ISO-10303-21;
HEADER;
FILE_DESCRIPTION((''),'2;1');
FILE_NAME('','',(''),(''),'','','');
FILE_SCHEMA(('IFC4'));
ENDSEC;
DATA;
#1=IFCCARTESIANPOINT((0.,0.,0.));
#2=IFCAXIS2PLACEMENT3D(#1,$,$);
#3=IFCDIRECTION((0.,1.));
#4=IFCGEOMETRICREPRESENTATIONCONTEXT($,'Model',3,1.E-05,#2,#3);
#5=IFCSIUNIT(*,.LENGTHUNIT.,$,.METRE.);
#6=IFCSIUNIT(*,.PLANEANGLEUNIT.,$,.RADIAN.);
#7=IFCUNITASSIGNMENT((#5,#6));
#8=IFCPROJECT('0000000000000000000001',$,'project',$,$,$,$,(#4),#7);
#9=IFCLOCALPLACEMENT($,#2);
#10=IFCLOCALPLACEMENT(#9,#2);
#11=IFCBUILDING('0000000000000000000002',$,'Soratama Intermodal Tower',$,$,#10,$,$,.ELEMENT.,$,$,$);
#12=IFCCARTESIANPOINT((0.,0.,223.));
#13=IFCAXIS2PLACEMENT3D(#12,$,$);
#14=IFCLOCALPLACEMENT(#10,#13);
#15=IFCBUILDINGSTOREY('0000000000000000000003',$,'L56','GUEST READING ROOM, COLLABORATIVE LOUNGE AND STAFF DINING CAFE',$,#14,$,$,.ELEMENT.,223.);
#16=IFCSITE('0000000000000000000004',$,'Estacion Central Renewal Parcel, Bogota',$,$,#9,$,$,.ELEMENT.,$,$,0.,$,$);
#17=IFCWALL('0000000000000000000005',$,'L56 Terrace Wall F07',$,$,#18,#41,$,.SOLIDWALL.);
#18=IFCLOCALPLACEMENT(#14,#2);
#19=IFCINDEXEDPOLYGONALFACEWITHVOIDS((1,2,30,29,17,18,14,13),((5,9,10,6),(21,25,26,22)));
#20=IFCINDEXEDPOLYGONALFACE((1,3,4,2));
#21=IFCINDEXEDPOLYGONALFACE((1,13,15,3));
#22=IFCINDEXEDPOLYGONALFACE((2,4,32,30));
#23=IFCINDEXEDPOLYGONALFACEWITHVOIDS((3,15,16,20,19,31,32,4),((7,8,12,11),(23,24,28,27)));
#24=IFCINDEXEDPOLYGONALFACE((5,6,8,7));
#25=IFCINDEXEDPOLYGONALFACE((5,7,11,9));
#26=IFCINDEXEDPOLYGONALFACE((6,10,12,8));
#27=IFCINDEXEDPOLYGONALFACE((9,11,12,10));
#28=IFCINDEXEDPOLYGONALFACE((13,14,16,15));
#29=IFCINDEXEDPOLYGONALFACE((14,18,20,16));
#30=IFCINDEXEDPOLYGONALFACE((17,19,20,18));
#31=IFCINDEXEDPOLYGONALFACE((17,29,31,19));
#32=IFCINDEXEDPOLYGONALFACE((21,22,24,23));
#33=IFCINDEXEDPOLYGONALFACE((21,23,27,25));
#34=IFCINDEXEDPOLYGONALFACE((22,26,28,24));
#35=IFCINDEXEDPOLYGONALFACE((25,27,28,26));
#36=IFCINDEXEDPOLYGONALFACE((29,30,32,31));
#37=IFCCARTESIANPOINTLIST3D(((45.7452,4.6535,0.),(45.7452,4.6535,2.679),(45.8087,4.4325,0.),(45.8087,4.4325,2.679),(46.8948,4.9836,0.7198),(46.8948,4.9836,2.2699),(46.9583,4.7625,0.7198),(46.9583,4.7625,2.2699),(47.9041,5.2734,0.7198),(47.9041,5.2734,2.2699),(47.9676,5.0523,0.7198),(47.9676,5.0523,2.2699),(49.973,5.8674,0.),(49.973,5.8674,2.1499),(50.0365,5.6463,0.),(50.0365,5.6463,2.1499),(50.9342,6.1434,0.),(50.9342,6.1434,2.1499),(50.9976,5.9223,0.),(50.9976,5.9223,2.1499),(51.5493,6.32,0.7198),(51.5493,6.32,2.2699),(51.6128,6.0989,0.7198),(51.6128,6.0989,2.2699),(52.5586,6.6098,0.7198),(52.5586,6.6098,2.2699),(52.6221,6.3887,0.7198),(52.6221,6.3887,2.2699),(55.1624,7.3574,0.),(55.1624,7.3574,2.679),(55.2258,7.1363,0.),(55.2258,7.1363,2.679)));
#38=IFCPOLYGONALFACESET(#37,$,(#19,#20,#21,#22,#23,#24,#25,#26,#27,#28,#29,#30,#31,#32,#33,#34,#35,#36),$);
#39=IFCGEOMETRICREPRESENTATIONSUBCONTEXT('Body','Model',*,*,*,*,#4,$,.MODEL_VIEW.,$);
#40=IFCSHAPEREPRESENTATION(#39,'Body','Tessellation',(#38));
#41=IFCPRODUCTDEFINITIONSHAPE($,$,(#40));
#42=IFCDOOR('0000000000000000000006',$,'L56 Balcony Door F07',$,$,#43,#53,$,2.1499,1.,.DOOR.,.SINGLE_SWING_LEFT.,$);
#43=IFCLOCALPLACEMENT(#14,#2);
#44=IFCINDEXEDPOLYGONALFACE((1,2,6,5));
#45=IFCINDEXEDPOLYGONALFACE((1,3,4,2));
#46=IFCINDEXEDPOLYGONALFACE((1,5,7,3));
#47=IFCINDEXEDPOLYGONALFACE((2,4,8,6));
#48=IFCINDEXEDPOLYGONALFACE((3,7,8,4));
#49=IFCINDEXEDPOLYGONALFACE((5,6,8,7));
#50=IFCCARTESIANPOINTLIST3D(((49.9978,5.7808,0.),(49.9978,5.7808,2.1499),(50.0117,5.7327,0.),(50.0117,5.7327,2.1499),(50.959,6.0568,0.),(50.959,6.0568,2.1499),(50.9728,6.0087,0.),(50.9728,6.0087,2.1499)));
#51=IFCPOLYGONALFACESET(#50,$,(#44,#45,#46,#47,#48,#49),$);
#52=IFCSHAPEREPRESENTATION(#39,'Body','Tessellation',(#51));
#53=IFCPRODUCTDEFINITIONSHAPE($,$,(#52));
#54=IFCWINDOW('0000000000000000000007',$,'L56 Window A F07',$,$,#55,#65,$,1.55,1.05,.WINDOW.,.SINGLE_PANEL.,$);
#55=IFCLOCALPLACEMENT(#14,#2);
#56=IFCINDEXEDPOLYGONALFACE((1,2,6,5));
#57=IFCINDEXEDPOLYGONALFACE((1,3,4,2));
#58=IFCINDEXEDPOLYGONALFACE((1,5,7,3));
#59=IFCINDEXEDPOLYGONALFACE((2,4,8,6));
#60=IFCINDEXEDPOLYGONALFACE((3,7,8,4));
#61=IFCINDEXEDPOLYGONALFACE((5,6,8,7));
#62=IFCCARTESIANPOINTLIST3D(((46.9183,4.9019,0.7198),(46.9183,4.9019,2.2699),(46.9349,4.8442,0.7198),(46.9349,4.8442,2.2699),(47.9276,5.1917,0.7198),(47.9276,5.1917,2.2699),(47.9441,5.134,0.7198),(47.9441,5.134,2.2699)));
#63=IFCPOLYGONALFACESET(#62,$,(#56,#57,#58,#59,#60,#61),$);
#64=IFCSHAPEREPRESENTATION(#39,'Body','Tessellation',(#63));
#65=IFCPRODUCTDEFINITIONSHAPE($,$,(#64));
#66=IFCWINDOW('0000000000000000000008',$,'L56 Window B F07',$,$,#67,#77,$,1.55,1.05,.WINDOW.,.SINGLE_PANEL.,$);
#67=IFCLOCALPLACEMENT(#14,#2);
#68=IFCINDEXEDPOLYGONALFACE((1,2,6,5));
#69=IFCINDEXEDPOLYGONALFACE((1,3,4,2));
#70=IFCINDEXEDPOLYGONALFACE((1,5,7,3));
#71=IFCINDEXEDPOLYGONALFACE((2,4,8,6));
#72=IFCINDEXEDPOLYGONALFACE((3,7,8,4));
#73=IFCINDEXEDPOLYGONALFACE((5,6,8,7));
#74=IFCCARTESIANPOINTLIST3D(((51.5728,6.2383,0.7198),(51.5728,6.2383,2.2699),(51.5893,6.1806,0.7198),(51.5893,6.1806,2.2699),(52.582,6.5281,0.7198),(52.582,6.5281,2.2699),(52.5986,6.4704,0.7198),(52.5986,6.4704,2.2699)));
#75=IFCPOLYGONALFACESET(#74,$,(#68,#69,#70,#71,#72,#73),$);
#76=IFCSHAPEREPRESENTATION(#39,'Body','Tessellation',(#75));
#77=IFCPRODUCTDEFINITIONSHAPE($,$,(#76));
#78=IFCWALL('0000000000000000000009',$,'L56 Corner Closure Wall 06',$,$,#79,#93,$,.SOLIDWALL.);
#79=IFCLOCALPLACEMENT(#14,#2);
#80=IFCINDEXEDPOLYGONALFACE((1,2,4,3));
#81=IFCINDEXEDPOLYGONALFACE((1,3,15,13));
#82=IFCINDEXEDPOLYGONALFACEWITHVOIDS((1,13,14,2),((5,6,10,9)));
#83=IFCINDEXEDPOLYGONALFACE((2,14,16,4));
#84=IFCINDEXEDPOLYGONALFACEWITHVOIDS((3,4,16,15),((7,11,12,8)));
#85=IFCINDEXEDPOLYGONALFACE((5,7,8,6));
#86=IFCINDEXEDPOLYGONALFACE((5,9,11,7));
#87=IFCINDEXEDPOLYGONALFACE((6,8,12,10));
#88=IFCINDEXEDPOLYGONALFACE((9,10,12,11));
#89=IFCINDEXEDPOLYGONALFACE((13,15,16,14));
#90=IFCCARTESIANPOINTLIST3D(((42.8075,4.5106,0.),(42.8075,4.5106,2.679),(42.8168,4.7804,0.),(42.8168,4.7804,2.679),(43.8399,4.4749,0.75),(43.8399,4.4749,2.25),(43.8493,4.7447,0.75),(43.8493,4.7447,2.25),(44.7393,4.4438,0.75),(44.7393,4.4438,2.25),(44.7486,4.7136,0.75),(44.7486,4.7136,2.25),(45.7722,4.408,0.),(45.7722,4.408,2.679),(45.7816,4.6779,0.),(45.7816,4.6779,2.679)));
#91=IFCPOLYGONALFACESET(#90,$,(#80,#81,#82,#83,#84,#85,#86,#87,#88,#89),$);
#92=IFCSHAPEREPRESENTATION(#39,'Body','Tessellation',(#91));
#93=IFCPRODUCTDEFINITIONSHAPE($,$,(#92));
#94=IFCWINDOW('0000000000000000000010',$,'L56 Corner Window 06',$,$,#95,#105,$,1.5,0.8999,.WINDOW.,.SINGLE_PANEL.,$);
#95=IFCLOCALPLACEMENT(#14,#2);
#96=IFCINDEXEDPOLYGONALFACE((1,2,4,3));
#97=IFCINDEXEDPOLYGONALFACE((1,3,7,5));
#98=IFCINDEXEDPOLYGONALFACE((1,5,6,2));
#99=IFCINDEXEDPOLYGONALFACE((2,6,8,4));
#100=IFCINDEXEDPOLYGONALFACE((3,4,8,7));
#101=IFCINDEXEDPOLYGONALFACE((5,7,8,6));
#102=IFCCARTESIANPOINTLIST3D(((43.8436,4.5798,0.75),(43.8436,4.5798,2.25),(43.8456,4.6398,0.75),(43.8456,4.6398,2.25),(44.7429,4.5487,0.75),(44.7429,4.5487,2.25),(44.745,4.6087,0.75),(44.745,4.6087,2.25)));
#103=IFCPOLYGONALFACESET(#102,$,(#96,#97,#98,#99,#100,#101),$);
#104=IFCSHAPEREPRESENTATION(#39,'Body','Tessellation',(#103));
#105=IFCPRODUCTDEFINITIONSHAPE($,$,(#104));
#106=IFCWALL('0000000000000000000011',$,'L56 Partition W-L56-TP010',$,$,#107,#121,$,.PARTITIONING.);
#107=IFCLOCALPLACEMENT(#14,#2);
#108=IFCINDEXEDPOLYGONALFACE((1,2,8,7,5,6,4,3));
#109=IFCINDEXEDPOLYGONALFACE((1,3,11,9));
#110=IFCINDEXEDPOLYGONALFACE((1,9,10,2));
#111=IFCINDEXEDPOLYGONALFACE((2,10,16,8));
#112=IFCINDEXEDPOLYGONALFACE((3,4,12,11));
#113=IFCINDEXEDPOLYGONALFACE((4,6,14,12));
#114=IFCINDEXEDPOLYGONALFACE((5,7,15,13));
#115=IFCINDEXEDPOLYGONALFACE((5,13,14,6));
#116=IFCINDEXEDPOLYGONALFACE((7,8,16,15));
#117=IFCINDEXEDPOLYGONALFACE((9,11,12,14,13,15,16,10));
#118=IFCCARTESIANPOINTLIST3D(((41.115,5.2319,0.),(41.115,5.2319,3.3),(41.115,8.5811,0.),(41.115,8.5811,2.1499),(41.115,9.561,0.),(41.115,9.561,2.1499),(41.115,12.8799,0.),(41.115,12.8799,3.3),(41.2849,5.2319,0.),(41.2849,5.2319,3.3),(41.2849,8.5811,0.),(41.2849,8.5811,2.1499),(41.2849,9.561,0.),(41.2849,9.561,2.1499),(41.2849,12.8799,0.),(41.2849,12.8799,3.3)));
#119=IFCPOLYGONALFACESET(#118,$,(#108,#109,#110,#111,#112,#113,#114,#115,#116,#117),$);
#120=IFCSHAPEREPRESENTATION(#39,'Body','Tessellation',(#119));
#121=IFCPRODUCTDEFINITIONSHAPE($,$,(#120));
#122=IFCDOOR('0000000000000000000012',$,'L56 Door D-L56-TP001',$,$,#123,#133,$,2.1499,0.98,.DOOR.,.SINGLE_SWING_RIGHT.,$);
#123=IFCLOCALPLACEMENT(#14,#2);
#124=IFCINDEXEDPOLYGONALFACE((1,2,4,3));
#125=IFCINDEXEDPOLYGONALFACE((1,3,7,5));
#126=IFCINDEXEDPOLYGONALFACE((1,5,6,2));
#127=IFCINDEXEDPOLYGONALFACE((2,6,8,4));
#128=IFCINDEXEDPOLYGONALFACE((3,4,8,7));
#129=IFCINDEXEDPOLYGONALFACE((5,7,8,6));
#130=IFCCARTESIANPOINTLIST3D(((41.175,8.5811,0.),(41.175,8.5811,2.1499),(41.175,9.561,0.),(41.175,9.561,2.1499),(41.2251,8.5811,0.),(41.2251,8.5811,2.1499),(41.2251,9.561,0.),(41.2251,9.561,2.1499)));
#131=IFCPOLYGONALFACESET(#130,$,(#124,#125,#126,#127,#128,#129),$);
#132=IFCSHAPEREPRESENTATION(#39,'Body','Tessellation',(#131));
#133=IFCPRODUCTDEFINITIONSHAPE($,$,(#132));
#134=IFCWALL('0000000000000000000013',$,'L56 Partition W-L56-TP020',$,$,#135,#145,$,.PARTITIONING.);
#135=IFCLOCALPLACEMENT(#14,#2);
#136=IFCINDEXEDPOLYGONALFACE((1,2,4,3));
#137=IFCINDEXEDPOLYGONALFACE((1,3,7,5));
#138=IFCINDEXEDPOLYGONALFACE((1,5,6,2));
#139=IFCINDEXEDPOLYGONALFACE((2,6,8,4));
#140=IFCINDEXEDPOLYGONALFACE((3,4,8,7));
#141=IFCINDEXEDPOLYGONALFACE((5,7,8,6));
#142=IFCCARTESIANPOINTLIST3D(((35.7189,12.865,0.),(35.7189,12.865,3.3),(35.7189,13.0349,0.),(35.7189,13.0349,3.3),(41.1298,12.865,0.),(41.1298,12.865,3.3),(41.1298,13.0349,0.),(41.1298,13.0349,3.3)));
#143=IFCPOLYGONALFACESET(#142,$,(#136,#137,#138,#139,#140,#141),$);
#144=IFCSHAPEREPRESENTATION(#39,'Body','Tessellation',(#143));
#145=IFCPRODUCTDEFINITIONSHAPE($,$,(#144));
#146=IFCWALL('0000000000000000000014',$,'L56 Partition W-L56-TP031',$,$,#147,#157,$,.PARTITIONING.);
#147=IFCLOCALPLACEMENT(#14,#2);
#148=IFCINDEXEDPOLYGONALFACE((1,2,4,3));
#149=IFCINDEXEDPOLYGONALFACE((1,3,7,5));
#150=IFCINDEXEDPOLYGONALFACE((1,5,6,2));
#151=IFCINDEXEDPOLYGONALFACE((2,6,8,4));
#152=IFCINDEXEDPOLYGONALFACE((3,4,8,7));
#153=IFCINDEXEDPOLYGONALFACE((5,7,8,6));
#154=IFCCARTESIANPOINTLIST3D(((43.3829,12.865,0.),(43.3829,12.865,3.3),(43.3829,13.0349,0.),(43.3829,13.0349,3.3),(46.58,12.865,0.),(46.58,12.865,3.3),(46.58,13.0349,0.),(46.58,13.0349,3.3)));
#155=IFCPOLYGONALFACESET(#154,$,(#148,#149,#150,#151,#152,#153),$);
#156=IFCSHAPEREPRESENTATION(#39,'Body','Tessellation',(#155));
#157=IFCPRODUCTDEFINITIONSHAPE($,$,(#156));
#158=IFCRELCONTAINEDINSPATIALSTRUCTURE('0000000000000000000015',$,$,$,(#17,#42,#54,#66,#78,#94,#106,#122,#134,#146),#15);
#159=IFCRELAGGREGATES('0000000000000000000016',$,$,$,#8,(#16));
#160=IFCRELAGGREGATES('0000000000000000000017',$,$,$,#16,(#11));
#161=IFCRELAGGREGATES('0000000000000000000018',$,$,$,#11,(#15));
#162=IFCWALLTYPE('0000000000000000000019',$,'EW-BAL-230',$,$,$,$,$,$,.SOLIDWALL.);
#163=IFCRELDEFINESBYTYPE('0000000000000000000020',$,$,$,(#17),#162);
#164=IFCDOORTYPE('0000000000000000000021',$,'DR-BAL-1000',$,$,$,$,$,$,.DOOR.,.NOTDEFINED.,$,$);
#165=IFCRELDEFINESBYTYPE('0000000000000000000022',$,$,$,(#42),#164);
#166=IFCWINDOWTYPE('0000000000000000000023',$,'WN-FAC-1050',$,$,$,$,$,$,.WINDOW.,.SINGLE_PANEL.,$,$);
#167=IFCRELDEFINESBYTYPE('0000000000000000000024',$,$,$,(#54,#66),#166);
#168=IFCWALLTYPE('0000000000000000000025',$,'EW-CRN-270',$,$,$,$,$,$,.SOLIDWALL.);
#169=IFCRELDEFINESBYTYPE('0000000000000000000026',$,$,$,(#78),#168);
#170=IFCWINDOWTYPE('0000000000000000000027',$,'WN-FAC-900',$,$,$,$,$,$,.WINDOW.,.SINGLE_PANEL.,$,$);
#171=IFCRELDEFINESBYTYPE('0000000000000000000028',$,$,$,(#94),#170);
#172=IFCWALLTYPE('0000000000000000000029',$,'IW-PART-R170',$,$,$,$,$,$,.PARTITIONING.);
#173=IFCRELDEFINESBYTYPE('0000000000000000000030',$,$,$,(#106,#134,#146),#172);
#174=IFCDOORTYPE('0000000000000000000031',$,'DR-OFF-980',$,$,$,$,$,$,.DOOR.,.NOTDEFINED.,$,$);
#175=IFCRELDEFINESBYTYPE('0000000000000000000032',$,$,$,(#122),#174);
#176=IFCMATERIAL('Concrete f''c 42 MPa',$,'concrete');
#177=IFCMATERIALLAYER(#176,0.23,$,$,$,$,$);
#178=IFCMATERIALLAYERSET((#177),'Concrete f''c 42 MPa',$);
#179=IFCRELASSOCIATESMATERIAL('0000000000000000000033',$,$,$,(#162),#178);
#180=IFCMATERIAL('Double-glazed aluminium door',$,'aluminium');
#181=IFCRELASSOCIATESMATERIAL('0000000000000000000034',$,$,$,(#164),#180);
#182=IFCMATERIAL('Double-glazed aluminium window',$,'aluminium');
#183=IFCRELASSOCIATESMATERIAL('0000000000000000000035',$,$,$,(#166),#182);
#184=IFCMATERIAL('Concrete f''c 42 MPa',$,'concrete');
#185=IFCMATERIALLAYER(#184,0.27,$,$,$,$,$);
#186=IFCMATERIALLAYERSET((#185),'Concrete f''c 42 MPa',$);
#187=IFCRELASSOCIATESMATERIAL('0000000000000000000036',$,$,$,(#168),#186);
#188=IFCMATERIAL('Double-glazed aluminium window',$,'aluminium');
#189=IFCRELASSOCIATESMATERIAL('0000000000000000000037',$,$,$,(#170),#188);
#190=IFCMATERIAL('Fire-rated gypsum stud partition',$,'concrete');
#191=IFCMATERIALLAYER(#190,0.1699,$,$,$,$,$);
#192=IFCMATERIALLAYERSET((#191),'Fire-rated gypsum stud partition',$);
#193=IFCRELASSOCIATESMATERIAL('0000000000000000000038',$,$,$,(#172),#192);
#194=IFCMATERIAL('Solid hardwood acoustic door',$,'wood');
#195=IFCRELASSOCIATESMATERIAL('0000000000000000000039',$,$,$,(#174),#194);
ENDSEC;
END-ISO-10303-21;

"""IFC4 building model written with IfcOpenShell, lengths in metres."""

from ifc_helpers import new_model, si_unit, direction, frame, frame_2d, origin, place, context, subcontext, project, spatial, rectangle, extrude, material, layer, layer_set, type_object, element, fill, save


model = new_model("IFC4")

# Units and contexts
model_context = context("Model", 3, precision=1e-05, world=origin(), true_north=direction((0.0, 1.0)))
body_context = subcontext(model_context, "Body", "Model", "MODEL_VIEW")
ifc_project = project(units=[si_unit("LENGTHUNIT", "METRE"), si_unit("PLANEANGLEUNIT", "RADIAN")], contexts=[model_context])

# Site, building, storey
site_placement = place(None, origin())
site = spatial("IfcSite", under=ifc_project, at=site_placement, Name="Estacion Central Renewal Parcel, Bogota", CompositionType="ELEMENT", RefElevation=0.0)
building_placement = place(site_placement, origin())
building = spatial("IfcBuilding", under=site, at=building_placement, Name="Soratama Intermodal Tower", CompositionType="ELEMENT")
storey_placement = place(building_placement, frame((0.0, 0.0, 223.0)))
storey = spatial("IfcBuildingStorey", under=building, at=storey_placement, Name="L56", Description="GUEST READING ROOM, COLLABORATIVE LOUNGE AND STAFF DINING CAFE", CompositionType="ELEMENT", Elevation=223.0)

# Wall, openings, door, windows
ifc_material_1 = material(Name="Concrete f'c 42 MPa", Category="concrete")
ifc_layer_1 = layer(ifc_material_1, 0.23)
ifc_layer_set_1 = layer_set([ifc_layer_1], Name="Concrete f'c 42 MPa")
wall_type_1 = type_object("IfcWallType", Name="EW-BAL-230", PredefinedType="SOLIDWALL", material=ifc_layer_set_1)
wall_1_placement = place(storey_placement, frame((45.7769, 4.543, 0.0), z_axis=(0.0, 0.0, 1.0), x_axis=(0.961167, 0.275968, 0.0)))
wall_1 = element("IfcWall", 1, at=wall_1_placement, inside=storey, type_object=wall_type_1, Name="L56 Terrace Wall F07", PredefinedType="SOLIDWALL", context=body_context, shape_type="SweptSolid", body=[
    extrude(rectangle(XDim=9.7976, YDim=0.23, at=frame_2d((4.8989, 0.0))), origin(), (0.0, 0.0, 1.0), 2.679),
])
opening_1_placement = place(wall_1_placement, frame((4.3987, 0.0, 0.0)))
opening_1 = element("IfcOpeningElement", 2, at=opening_1_placement, cuts=wall_1, PredefinedType="OPENING", context=body_context, shape_type="SweptSolid", body=[
    extrude(rectangle(XDim=1.0, YDim=2.1499, at=frame_2d((0.5, 1.075))), frame((0.0, 0.125, 0.0), z_axis=(0.0, -1.0, 0.0), x_axis=(1.0, 0.0, 0.0)), (0.0, 0.0, 1.0), 0.25),
])
opening_2_placement = place(wall_1_placement, frame((1.1963, 0.0, 0.72)))
opening_2 = element("IfcOpeningElement", 3, at=opening_2_placement, cuts=wall_1, PredefinedType="OPENING", context=body_context, shape_type="SweptSolid", body=[
    extrude(rectangle(XDim=1.05, YDim=1.55, at=frame_2d((0.5249, 0.7749))), frame((0.0, 0.125, 0.0), z_axis=(0.0, -1.0, 0.0), x_axis=(1.0, 0.0, 0.0)), (0.0, 0.0, 1.0), 0.25),
])
opening_3_placement = place(wall_1_placement, frame((6.0388, 0.0, 0.72)))
opening_3 = element("IfcOpeningElement", 4, at=opening_3_placement, cuts=wall_1, PredefinedType="OPENING", context=body_context, shape_type="SweptSolid", body=[
    extrude(rectangle(XDim=1.05, YDim=1.55, at=frame_2d((0.5249, 0.7749))), frame((0.0, 0.125, 0.0), z_axis=(0.0, -1.0, 0.0), x_axis=(1.0, 0.0, 0.0)), (0.0, 0.0, 1.0), 0.25),
])
ifc_material_2 = material(Name="Double-glazed aluminium door", Category="aluminium")
door_type_1 = type_object("IfcDoorType", Name="DR-BAL-1000", OperationType="NOTDEFINED", PredefinedType="DOOR", material=ifc_material_2)
door_1_placement = place(opening_1_placement, origin())
door_1 = element("IfcDoor", 5, at=door_1_placement, inside=storey, type_object=door_type_1, Name="L56 Balcony Door F07", OperationType="SINGLE_SWING_LEFT", OverallHeight=2.1499, OverallWidth=1.0, PredefinedType="DOOR", context=body_context, shape_type="SweptSolid", body=[
    extrude(rectangle(XDim=1.0, YDim=2.1499, at=frame_2d((0.5, 1.075))), frame((0.0, 0.0249, 0.0), z_axis=(0.0, -1.0, 0.0), x_axis=(1.0, 0.0, 0.0)), (0.0, 0.0, 1.0), 0.05),
])
fill(opening_1, door_1)
ifc_material_3 = material(Name="Double-glazed aluminium window", Category="aluminium")
window_type_1 = type_object("IfcWindowType", Name="WN-FAC-1050", PartitioningType="SINGLE_PANEL", PredefinedType="WINDOW", material=ifc_material_3)
window_1_placement = place(opening_2_placement, origin())
window_1 = element("IfcWindow", 6, at=window_1_placement, inside=storey, type_object=window_type_1, Name="L56 Window A F07", OverallHeight=1.55, OverallWidth=1.05, PartitioningType="SINGLE_PANEL", PredefinedType="WINDOW", context=body_context, shape_type="SweptSolid", body=[
    extrude(rectangle(XDim=1.05, YDim=1.55, at=frame_2d((0.5249, 0.7749))), frame((0.0, 0.03, 0.0), z_axis=(0.0, -1.0, 0.0), x_axis=(1.0, 0.0, 0.0)), (0.0, 0.0, 1.0), 0.0601),
])
fill(opening_2, window_1)
window_2_placement = place(opening_3_placement, origin())
window_2 = element("IfcWindow", 7, at=window_2_placement, inside=storey, type_object=window_type_1, Name="L56 Window B F07", OverallHeight=1.55, OverallWidth=1.05, PartitioningType="SINGLE_PANEL", PredefinedType="WINDOW", context=body_context, shape_type="SweptSolid", body=[
    extrude(rectangle(XDim=1.05, YDim=1.55, at=frame_2d((0.5249, 0.7749))), frame((0.0, 0.03, 0.0), z_axis=(0.0, -1.0, 0.0), x_axis=(1.0, 0.0, 0.0)), (0.0, 0.0, 1.0), 0.0601),
])
fill(opening_3, window_2)

# Wall, opening, window
ifc_material_4 = material(Name="Concrete f'c 42 MPa", Category="concrete")
ifc_layer_2 = layer(ifc_material_4, 0.27)
ifc_layer_set_2 = layer_set([ifc_layer_2], Name="Concrete f'c 42 MPa")
wall_type_2 = type_object("IfcWallType", Name="EW-CRN-270", PredefinedType="SOLIDWALL", material=ifc_layer_set_2)
wall_2_placement = place(storey_placement, frame((42.812, 4.6455, 0.0), z_axis=(0.0, 0.0, 1.0), x_axis=(0.999402, -0.034564, 0.0)))
wall_2 = element("IfcWall", 8, at=wall_2_placement, inside=storey, type_object=wall_type_2, Name="L56 Corner Closure Wall 06", PredefinedType="SOLIDWALL", context=body_context, shape_type="SweptSolid", body=[
    extrude(rectangle(XDim=2.9666, YDim=0.27, at=frame_2d((1.4834, 0.0))), origin(), (0.0, 0.0, 1.0), 2.679),
])
opening_4_placement = place(wall_2_placement, frame((1.0332, 0.0, 0.75)))
opening_4 = element("IfcOpeningElement", 9, at=opening_4_placement, cuts=wall_2, PredefinedType="OPENING", context=body_context, shape_type="SweptSolid", body=[
    extrude(rectangle(XDim=0.8999, YDim=1.5, at=frame_2d((0.45, 0.75))), frame((0.0, 0.145, 0.0), z_axis=(0.0, -1.0, 0.0), x_axis=(1.0, 0.0, 0.0)), (0.0, 0.0, 1.0), 0.29),
])
ifc_material_5 = material(Name="Double-glazed aluminium window", Category="aluminium")
window_type_2 = type_object("IfcWindowType", Name="WN-FAC-900", PartitioningType="SINGLE_PANEL", PredefinedType="WINDOW", material=ifc_material_5)
window_3_placement = place(opening_4_placement, origin())
window_3 = element("IfcWindow", 10, at=window_3_placement, inside=storey, type_object=window_type_2, Name="L56 Corner Window 06", OverallHeight=1.5, OverallWidth=0.8999, PartitioningType="SINGLE_PANEL", PredefinedType="WINDOW", context=body_context, shape_type="SweptSolid", body=[
    extrude(rectangle(XDim=0.8999, YDim=1.5, at=frame_2d((0.45, 0.75))), frame((0.0, 0.03, 0.0), z_axis=(0.0, -1.0, 0.0), x_axis=(1.0, 0.0, 0.0)), (0.0, 0.0, 1.0), 0.0601),
])
fill(opening_4, window_3)

# Wall, opening, door
ifc_material_6 = material(Name="Fire-rated gypsum stud partition", Category="concrete")
ifc_layer_3 = layer(ifc_material_6, 0.1699)
ifc_layer_set_3 = layer_set([ifc_layer_3], Name="Fire-rated gypsum stud partition")
wall_type_3 = type_object("IfcWallType", Name="IW-PART-R170", PredefinedType="PARTITIONING", material=ifc_layer_set_3)
wall_3_placement = place(storey_placement, frame((41.2, 5.2319, 0.0), z_axis=(0.0, 0.0, 1.0), x_axis=(0.0, 1.0, 0.0)))
wall_3 = element("IfcWall", 11, at=wall_3_placement, inside=storey, type_object=wall_type_3, Name="L56 Partition W-L56-TP010", PredefinedType="PARTITIONING", context=body_context, shape_type="SweptSolid", body=[
    extrude(rectangle(XDim=7.6479, YDim=0.1699, at=frame_2d((3.824, 0.0))), origin(), (0.0, 0.0, 1.0), 3.3),
])
opening_5_placement = place(wall_3_placement, frame((3.3491, 0.0, 0.0)))
opening_5 = element("IfcOpeningElement", 12, at=opening_5_placement, cuts=wall_3, PredefinedType="OPENING", context=body_context, shape_type="SweptSolid", body=[
    extrude(rectangle(XDim=0.98, YDim=2.1499, at=frame_2d((0.49, 1.075))), frame((0.0, 0.095, 0.0), z_axis=(0.0, -1.0, 0.0), x_axis=(1.0, 0.0, 0.0)), (0.0, 0.0, 1.0), 0.1899),
])
ifc_material_7 = material(Name="Solid hardwood acoustic door", Category="wood")
door_type_2 = type_object("IfcDoorType", Name="DR-OFF-980", OperationType="NOTDEFINED", PredefinedType="DOOR", material=ifc_material_7)
door_2_placement = place(opening_5_placement, origin())
door_2 = element("IfcDoor", 13, at=door_2_placement, inside=storey, type_object=door_type_2, Name="L56 Door D-L56-TP001", OperationType="SINGLE_SWING_RIGHT", OverallHeight=2.1499, OverallWidth=0.98, PredefinedType="DOOR", context=body_context, shape_type="SweptSolid", body=[
    extrude(rectangle(XDim=0.98, YDim=2.1499, at=frame_2d((0.49, 1.075))), frame((0.0, 0.0249, 0.0), z_axis=(0.0, -1.0, 0.0), x_axis=(1.0, 0.0, 0.0)), (0.0, 0.0, 1.0), 0.05),
])
fill(opening_5, door_2)

# Walls
wall_4_placement = place(storey_placement, frame((41.1299, 12.95, 0.0), z_axis=(0.0, 0.0, 1.0), x_axis=(-1.0, 0.0, 0.0)))
element("IfcWall", 14, at=wall_4_placement, inside=storey, type_object=wall_type_3, Name="L56 Partition W-L56-TP020", PredefinedType="PARTITIONING", context=body_context, shape_type="SweptSolid", body=[
    extrude(rectangle(XDim=5.4109, YDim=0.1699, at=frame_2d((2.7056, 0.0))), origin(), (0.0, 0.0, 1.0), 3.3),
])
wall_5_placement = place(storey_placement, frame((46.5801, 12.95, 0.0), z_axis=(0.0, 0.0, 1.0), x_axis=(-1.0, 0.0, 0.0)))
element("IfcWall", 15, at=wall_5_placement, inside=storey, type_object=wall_type_3, Name="L56 Partition W-L56-TP031", PredefinedType="PARTITIONING", context=body_context, shape_type="SweptSolid", body=[
    extrude(rectangle(XDim=3.197, YDim=0.1699, at=frame_2d((1.5986, 0.0))), origin(), (0.0, 0.0, 1.0), 3.3),
])

save(model, "model.ifc")
